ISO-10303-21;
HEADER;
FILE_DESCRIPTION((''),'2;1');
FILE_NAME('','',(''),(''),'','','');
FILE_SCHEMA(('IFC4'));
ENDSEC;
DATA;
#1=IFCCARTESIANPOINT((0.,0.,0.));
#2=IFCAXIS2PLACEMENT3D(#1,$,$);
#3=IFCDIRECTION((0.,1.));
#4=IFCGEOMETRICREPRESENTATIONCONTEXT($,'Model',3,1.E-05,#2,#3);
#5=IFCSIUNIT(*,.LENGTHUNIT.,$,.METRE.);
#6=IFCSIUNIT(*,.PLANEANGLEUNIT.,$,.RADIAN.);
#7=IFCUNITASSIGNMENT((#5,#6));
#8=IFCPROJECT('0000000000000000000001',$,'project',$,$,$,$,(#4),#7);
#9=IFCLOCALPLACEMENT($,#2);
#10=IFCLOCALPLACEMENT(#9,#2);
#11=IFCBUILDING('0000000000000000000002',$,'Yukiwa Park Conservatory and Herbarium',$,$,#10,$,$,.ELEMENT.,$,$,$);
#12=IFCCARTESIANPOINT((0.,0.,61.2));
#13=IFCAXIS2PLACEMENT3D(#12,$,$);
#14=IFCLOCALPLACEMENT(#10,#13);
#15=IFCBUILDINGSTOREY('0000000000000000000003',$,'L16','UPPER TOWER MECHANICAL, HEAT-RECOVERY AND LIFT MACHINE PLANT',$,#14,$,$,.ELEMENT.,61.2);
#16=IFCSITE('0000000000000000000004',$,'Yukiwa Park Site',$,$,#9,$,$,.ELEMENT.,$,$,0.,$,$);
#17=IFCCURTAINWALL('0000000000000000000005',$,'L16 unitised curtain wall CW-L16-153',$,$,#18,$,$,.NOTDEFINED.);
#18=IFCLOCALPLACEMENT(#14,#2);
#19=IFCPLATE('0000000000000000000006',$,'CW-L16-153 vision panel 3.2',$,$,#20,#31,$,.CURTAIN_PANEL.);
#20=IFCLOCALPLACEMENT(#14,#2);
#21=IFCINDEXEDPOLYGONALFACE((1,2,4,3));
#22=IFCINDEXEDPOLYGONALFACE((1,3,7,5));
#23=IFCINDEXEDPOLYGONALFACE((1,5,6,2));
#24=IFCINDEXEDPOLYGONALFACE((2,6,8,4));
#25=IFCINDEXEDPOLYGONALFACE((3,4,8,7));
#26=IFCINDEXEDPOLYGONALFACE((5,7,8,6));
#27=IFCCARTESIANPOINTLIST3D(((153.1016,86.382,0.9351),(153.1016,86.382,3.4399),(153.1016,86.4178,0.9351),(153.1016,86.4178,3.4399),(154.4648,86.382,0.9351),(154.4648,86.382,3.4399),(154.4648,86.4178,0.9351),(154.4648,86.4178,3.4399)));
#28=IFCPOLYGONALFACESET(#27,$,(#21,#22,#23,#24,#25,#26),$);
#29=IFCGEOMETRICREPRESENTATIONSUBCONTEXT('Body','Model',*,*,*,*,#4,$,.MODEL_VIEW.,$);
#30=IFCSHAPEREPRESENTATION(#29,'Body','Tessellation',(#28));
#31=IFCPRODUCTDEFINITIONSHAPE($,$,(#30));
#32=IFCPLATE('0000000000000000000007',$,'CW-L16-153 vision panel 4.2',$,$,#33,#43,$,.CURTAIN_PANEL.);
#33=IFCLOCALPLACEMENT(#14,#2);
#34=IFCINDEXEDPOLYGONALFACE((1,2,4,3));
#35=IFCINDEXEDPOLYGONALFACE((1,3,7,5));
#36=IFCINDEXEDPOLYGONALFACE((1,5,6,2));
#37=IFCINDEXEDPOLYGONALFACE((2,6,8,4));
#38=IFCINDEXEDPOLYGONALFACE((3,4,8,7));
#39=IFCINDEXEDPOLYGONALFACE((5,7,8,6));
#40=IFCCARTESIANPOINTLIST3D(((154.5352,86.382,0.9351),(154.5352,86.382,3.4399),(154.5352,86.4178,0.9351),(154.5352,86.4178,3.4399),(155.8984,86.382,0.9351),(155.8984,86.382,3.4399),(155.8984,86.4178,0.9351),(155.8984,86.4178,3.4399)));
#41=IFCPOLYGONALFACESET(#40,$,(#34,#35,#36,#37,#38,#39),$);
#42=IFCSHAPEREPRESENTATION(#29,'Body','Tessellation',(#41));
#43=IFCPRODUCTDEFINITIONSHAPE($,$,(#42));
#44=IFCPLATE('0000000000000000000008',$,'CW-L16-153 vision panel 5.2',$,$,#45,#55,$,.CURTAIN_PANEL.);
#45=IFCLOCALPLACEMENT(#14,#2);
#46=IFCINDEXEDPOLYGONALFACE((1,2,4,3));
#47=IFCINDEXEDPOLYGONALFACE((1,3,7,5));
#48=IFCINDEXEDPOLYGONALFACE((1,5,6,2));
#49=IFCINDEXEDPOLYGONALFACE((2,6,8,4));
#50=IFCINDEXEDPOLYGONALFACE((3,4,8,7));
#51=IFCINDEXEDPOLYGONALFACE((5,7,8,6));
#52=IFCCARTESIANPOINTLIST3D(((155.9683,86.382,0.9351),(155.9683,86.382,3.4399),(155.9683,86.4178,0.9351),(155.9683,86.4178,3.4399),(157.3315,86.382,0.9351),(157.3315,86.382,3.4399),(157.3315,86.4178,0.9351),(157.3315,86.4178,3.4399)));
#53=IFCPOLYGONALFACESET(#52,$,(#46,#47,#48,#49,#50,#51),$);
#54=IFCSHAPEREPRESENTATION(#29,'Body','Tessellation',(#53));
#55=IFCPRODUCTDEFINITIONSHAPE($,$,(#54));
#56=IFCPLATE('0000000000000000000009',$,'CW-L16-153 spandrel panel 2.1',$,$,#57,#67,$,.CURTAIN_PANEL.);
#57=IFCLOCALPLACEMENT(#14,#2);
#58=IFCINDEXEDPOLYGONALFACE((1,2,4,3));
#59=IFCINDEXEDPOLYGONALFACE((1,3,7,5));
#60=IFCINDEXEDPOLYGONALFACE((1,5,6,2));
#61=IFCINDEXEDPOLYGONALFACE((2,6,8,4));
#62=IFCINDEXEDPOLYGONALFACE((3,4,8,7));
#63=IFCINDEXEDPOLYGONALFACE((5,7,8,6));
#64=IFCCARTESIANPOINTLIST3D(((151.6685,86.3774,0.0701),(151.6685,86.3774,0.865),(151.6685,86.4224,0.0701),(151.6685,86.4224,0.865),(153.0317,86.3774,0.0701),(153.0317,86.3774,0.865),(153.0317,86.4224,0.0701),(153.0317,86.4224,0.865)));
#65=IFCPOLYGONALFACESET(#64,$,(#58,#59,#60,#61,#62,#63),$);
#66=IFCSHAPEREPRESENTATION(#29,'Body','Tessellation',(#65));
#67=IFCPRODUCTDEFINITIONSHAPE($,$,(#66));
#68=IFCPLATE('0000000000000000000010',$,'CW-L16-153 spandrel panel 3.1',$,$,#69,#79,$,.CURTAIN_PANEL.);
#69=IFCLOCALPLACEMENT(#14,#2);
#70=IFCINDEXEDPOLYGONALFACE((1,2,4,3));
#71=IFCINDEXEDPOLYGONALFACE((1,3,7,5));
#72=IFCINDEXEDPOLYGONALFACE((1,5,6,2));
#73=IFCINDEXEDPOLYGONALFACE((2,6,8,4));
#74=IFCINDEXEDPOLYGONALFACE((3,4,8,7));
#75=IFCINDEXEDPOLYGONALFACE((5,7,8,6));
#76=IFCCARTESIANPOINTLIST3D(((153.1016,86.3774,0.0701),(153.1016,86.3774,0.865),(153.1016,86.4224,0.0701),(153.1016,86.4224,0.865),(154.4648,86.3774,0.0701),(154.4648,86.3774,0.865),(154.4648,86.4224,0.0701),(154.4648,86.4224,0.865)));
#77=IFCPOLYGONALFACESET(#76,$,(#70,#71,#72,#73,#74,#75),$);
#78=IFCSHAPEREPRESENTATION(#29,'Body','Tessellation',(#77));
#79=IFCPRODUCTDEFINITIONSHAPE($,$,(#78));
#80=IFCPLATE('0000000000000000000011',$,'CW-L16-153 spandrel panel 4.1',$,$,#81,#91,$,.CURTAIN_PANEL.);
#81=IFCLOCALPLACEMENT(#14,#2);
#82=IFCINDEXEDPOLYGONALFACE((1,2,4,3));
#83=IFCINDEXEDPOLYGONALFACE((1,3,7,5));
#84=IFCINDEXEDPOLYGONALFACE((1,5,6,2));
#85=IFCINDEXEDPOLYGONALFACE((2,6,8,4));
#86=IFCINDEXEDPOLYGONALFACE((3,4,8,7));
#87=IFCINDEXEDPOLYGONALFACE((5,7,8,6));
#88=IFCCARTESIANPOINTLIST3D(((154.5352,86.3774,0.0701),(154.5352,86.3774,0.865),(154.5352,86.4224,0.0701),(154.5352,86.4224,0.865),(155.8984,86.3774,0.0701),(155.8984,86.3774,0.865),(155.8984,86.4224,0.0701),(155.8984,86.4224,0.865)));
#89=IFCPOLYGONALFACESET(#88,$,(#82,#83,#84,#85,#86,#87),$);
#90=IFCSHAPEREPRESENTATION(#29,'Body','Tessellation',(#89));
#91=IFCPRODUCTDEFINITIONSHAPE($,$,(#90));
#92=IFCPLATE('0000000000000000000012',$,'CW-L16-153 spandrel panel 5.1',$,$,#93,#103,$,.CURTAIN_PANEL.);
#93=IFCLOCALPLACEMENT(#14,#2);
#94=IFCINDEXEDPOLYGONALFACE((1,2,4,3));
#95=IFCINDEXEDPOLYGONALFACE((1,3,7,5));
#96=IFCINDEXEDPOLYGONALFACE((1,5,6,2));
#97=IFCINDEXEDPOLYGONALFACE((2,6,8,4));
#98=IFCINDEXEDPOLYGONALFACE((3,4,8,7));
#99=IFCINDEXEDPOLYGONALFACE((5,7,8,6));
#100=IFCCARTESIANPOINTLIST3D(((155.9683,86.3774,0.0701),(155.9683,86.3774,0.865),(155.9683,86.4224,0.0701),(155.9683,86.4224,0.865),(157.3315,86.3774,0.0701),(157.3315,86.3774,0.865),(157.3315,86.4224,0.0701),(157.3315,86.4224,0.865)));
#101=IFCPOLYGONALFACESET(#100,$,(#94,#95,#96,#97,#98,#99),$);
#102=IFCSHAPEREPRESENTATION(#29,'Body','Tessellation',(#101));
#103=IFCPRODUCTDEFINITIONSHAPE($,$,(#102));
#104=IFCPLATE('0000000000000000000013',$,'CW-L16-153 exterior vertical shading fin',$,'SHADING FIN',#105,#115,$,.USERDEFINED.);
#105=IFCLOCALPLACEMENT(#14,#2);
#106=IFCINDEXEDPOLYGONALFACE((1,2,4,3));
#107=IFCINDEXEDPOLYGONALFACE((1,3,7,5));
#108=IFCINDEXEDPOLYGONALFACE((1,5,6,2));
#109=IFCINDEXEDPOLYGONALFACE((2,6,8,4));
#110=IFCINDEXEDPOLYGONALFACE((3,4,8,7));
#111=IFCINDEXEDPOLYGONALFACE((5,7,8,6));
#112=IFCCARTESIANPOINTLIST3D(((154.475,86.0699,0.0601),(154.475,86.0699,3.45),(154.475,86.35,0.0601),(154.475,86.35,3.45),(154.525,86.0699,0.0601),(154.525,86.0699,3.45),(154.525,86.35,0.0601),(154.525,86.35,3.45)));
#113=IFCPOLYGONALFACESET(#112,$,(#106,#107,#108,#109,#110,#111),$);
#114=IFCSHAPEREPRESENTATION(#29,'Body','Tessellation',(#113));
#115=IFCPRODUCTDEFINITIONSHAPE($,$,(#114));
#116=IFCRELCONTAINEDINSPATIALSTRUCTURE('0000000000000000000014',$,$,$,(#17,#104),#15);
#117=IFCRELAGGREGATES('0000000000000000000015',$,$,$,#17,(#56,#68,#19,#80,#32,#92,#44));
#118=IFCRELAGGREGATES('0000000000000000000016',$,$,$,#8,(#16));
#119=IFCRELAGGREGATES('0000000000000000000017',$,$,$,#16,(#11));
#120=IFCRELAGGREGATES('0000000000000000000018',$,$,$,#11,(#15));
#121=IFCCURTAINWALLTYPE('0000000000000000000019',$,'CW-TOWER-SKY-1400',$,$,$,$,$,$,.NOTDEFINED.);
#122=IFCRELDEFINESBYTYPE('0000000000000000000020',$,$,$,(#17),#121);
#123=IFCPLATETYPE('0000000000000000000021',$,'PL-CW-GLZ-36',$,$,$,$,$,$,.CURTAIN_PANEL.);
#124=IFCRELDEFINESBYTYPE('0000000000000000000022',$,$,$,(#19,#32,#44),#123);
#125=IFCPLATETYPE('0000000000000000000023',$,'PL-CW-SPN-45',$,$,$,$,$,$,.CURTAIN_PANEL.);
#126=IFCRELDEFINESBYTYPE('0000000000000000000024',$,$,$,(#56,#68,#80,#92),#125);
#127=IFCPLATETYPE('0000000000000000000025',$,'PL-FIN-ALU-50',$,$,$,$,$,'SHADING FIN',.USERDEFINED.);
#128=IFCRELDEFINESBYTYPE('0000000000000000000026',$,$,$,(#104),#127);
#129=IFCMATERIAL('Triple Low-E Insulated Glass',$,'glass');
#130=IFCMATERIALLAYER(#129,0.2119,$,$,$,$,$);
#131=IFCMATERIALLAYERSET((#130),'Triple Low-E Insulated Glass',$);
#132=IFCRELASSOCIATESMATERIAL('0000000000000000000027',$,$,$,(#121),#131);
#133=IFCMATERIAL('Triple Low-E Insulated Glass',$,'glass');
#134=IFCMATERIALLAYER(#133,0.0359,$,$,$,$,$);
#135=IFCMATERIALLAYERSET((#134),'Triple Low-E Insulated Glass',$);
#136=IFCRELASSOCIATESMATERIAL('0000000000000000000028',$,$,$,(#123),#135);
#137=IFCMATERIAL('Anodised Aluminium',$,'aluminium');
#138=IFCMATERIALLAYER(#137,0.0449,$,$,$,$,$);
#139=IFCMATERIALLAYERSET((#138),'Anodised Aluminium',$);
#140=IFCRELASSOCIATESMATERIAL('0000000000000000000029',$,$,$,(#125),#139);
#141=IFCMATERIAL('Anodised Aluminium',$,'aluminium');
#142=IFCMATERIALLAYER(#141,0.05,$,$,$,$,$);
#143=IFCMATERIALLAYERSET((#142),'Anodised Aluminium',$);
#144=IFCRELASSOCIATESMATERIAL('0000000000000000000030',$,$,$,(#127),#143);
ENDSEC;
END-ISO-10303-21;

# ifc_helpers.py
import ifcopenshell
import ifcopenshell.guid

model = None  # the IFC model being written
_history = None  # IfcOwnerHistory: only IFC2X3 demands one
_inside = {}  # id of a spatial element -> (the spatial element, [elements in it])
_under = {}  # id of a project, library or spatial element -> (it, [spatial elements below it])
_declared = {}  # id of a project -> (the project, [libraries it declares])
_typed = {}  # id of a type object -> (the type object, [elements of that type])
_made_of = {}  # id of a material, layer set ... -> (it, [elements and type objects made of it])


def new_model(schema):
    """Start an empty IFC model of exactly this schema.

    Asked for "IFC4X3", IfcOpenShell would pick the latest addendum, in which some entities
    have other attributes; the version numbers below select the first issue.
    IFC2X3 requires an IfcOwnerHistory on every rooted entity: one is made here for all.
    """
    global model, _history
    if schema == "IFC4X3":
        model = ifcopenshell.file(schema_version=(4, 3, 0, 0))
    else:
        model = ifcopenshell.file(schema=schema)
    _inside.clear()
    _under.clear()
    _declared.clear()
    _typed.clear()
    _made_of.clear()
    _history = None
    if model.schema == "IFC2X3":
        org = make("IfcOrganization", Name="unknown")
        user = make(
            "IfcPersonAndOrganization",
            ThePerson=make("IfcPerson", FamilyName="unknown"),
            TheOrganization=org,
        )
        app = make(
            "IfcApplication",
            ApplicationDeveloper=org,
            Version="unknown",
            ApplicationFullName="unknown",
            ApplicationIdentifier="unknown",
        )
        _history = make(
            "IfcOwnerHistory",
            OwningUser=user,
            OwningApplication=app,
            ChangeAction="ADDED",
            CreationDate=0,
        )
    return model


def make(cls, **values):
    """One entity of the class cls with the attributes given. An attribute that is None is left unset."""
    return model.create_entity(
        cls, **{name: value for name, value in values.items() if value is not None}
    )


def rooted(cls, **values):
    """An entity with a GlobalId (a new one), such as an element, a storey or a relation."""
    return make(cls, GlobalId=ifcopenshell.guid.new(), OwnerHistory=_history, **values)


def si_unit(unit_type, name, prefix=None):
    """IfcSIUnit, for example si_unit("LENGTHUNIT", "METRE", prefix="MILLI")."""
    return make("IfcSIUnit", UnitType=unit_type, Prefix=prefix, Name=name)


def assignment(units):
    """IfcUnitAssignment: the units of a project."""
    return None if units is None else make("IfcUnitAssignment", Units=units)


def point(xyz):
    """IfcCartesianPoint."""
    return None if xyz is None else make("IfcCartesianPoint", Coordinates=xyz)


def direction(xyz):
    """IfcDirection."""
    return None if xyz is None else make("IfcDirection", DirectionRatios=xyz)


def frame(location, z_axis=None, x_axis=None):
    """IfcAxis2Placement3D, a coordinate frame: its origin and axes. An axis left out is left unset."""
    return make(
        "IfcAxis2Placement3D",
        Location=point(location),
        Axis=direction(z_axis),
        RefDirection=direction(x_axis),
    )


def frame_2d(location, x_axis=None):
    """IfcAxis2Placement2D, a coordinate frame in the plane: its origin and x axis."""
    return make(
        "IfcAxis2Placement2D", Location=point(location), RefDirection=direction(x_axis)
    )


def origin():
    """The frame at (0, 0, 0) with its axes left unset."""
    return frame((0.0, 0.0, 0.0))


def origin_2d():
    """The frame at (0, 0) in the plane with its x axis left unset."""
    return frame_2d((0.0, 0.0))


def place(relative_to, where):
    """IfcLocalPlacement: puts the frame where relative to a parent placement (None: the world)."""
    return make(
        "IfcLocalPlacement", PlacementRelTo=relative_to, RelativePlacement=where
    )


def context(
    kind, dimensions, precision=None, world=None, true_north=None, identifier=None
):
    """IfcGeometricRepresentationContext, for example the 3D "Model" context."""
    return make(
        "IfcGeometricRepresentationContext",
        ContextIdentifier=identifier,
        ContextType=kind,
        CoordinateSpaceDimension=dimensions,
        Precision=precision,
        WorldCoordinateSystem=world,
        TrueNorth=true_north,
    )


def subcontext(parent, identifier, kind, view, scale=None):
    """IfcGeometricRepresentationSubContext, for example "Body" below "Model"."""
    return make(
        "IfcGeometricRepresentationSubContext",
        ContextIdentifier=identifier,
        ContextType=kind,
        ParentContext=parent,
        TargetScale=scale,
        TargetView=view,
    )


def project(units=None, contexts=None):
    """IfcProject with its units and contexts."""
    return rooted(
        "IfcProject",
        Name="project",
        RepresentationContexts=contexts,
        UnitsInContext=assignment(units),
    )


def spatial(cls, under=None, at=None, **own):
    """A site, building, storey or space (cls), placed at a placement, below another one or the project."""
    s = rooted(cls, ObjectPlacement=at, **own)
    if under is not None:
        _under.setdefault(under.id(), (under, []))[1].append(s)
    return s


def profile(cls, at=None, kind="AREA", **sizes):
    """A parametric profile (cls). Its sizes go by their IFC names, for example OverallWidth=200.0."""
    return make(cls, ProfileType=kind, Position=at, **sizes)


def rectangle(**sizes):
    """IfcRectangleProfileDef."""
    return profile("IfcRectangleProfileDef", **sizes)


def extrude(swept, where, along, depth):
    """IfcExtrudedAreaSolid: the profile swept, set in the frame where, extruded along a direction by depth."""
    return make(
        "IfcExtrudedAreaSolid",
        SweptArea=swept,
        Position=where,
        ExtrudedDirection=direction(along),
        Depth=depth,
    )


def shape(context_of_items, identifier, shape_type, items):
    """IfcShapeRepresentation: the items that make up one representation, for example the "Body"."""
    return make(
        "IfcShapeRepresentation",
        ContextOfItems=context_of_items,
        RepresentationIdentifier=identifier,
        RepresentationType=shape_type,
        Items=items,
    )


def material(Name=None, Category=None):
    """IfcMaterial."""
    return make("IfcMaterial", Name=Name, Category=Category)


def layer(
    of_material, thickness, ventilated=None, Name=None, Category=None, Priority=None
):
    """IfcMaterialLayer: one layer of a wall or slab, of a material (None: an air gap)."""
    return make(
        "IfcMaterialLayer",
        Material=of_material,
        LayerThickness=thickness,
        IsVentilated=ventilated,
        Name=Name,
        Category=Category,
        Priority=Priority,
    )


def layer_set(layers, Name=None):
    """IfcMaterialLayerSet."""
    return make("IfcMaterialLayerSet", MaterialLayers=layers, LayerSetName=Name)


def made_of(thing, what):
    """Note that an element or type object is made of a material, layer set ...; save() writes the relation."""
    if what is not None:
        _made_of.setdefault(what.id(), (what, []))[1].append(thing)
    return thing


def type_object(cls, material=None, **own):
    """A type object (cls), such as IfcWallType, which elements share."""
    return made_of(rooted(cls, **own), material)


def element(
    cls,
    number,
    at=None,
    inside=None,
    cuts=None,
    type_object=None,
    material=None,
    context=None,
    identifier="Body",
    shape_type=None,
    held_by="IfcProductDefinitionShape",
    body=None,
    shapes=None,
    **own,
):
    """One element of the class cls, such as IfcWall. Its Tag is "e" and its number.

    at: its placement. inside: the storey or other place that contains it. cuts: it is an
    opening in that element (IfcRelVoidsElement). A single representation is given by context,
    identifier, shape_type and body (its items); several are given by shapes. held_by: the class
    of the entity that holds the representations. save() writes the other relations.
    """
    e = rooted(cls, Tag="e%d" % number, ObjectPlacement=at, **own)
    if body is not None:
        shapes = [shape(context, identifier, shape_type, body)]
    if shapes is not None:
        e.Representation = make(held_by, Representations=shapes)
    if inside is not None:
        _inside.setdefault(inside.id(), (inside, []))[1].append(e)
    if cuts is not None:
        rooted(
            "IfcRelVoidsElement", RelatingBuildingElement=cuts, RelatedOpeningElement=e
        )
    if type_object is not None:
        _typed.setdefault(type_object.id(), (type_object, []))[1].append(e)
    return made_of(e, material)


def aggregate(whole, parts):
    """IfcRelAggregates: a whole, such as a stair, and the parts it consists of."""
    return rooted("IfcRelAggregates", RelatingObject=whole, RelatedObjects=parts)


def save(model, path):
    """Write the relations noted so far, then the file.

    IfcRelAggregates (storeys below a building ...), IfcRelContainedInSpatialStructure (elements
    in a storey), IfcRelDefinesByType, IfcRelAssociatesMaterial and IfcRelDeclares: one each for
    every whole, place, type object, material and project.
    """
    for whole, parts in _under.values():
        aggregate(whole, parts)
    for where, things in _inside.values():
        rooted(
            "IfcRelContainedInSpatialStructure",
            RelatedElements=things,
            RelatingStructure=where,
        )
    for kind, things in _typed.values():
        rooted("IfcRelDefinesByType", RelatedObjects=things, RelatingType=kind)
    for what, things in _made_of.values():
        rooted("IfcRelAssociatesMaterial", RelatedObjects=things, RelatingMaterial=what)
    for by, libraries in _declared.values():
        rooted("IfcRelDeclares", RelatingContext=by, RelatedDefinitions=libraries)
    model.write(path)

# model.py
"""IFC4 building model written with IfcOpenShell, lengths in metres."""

from ifc_helpers import new_model, si_unit, direction, frame, origin, origin_2d, place, context, subcontext, project, spatial, rectangle, extrude, material, layer, layer_set, type_object, element, aggregate, save


model = new_model("IFC4")

# Units and contexts
model_context = context("Model", 3, precision=1e-05, world=origin(), true_north=direction((0.0, 1.0)))
body_context = subcontext(model_context, "Body", "Model", "MODEL_VIEW")
ifc_project = project(units=[si_unit("LENGTHUNIT", "METRE"), si_unit("PLANEANGLEUNIT", "RADIAN")], contexts=[model_context])

# Site, building, storey
site_placement = place(None, origin())
site = spatial("IfcSite", under=ifc_project, at=site_placement, Name="Yukiwa Park Site", CompositionType="ELEMENT", RefElevation=0.0)
building_placement = place(site_placement, origin())
building = spatial("IfcBuilding", under=site, at=building_placement, Name="Yukiwa Park Conservatory and Herbarium", CompositionType="ELEMENT")
storey_placement = place(building_placement, frame((0.0, 0.0, 61.2)))
storey = spatial("IfcBuildingStorey", under=building, at=storey_placement, Name="L16", Description="UPPER TOWER MECHANICAL, HEAT-RECOVERY AND LIFT MACHINE PLANT", CompositionType="ELEMENT", Elevation=61.2)

# Curtain wall, plates
ifc_material_1 = material(Name="Triple Low-E Insulated Glass", Category="glass")
ifc_layer_1 = layer(ifc_material_1, 0.2119)
ifc_layer_set_1 = layer_set([ifc_layer_1], Name="Triple Low-E Insulated Glass")
curtain_wall_type = type_object("IfcCurtainWallType", Name="CW-TOWER-SKY-1400", PredefinedType="NOTDEFINED", material=ifc_layer_set_1)
curtain_wall_placement = place(storey_placement, origin())
curtain_wall = element("IfcCurtainWall", 1, at=curtain_wall_placement, inside=storey, type_object=curtain_wall_type, Name="L16 unitised curtain wall CW-L16-153", PredefinedType="NOTDEFINED")
ifc_material_2 = material(Name="Triple Low-E Insulated Glass", Category="glass")
ifc_layer_2 = layer(ifc_material_2, 0.0359)
ifc_layer_set_2 = layer_set([ifc_layer_2], Name="Triple Low-E Insulated Glass")
plate_type_1 = type_object("IfcPlateType", Name="PL-CW-GLZ-36", PredefinedType="CURTAIN_PANEL", material=ifc_layer_set_2)
plate_1_placement = place(storey_placement, frame((153.7832, 86.3999, 0.9351), z_axis=(0.0, 0.0, 1.0), x_axis=(1.0, 0.0, 0.0)))
plate_1 = element("IfcPlate", 2, at=plate_1_placement, type_object=plate_type_1, Name="CW-L16-153 vision panel 3.2", PredefinedType="CURTAIN_PANEL", context=body_context, shape_type="SweptSolid", body=[
    extrude(rectangle(XDim=1.3633, YDim=0.0359, at=origin_2d()), origin(), (0.0, 0.0, 1.0), 2.5049),
])
plate_2_placement = place(storey_placement, frame((155.2168, 86.3999, 0.9351), z_axis=(0.0, 0.0, 1.0), x_axis=(1.0, 0.0, 0.0)))
plate_2 = element("IfcPlate", 3, at=plate_2_placement, type_object=plate_type_1, Name="CW-L16-153 vision panel 4.2", PredefinedType="CURTAIN_PANEL", context=body_context, shape_type="SweptSolid", body=[
    extrude(rectangle(XDim=1.3633, YDim=0.0359, at=origin_2d()), origin(), (0.0, 0.0, 1.0), 2.5049),
])
plate_3_placement = place(storey_placement, frame((156.6499, 86.3999, 0.9351), z_axis=(0.0, 0.0, 1.0), x_axis=(1.0, 0.0, 0.0)))
plate_3 = element("IfcPlate", 4, at=plate_3_placement, type_object=plate_type_1, Name="CW-L16-153 vision panel 5.2", PredefinedType="CURTAIN_PANEL", context=body_context, shape_type="SweptSolid", body=[
    extrude(rectangle(XDim=1.3633, YDim=0.0359, at=origin_2d()), origin(), (0.0, 0.0, 1.0), 2.5049),
])
ifc_material_3 = material(Name="Anodised Aluminium", Category="aluminium")
ifc_layer_3 = layer(ifc_material_3, 0.0449)
ifc_layer_set_3 = layer_set([ifc_layer_3], Name="Anodised Aluminium")
plate_type_2 = type_object("IfcPlateType", Name="PL-CW-SPN-45", PredefinedType="CURTAIN_PANEL", material=ifc_layer_set_3)
plate_4_placement = place(storey_placement, frame((152.3501, 86.3999, 0.0701), z_axis=(0.0, 0.0, 1.0), x_axis=(1.0, 0.0, 0.0)))
plate_4 = element("IfcPlate", 5, at=plate_4_placement, type_object=plate_type_2, Name="CW-L16-153 spandrel panel 2.1", PredefinedType="CURTAIN_PANEL", context=body_context, shape_type="SweptSolid", body=[
    extrude(rectangle(XDim=1.3633, YDim=0.0449, at=origin_2d()), origin(), (0.0, 0.0, 1.0), 0.7949),
])
plate_5_placement = place(storey_placement, frame((153.7832, 86.3999, 0.0701), z_axis=(0.0, 0.0, 1.0), x_axis=(1.0, 0.0, 0.0)))
plate_5 = element("IfcPlate", 6, at=plate_5_placement, type_object=plate_type_2, Name="CW-L16-153 spandrel panel 3.1", PredefinedType="CURTAIN_PANEL", context=body_context, shape_type="SweptSolid", body=[
    extrude(rectangle(XDim=1.3633, YDim=0.0449, at=origin_2d()), origin(), (0.0, 0.0, 1.0), 0.7949),
])
plate_6_placement = place(storey_placement, frame((155.2168, 86.3999, 0.0701), z_axis=(0.0, 0.0, 1.0), x_axis=(1.0, 0.0, 0.0)))
plate_6 = element("IfcPlate", 7, at=plate_6_placement, type_object=plate_type_2, Name="CW-L16-153 spandrel panel 4.1", PredefinedType="CURTAIN_PANEL", context=body_context, shape_type="SweptSolid", body=[
    extrude(rectangle(XDim=1.3633, YDim=0.0449, at=origin_2d()), origin(), (0.0, 0.0, 1.0), 0.7949),
])
plate_7_placement = place(storey_placement, frame((156.6499, 86.3999, 0.0701), z_axis=(0.0, 0.0, 1.0), x_axis=(1.0, 0.0, 0.0)))
plate_7 = element("IfcPlate", 8, at=plate_7_placement, type_object=plate_type_2, Name="CW-L16-153 spandrel panel 5.1", PredefinedType="CURTAIN_PANEL", context=body_context, shape_type="SweptSolid", body=[
    extrude(rectangle(XDim=1.3633, YDim=0.0449, at=origin_2d()), origin(), (0.0, 0.0, 1.0), 0.7949),
])
aggregate(curtain_wall, [plate_4, plate_5, plate_1, plate_6, plate_2, plate_7, plate_3])

# Plate
ifc_material_4 = material(Name="Anodised Aluminium", Category="aluminium")
ifc_layer_4 = layer(ifc_material_4, 0.05)
ifc_layer_set_4 = layer_set([ifc_layer_4], Name="Anodised Aluminium")
plate_type_3 = type_object("IfcPlateType", Name="PL-FIN-ALU-50", ElementType="SHADING FIN", PredefinedType="USERDEFINED", material=ifc_layer_set_4)
plate_8_placement = place(storey_placement, frame((154.5, 86.21, 0.0601), z_axis=(0.0, 0.0, 1.0), x_axis=(1.0, 0.0, 0.0)))
element("IfcPlate", 9, at=plate_8_placement, inside=storey, type_object=plate_type_3, Name="CW-L16-153 exterior vertical shading fin", ObjectType="SHADING FIN", PredefinedType="USERDEFINED", context=body_context, shape_type="SweptSolid", body=[
    extrude(rectangle(XDim=0.05, YDim=0.28, at=origin_2d()), origin(), (0.0, 0.0, 1.0), 3.3899),
])

save(model, "model.ifc")
